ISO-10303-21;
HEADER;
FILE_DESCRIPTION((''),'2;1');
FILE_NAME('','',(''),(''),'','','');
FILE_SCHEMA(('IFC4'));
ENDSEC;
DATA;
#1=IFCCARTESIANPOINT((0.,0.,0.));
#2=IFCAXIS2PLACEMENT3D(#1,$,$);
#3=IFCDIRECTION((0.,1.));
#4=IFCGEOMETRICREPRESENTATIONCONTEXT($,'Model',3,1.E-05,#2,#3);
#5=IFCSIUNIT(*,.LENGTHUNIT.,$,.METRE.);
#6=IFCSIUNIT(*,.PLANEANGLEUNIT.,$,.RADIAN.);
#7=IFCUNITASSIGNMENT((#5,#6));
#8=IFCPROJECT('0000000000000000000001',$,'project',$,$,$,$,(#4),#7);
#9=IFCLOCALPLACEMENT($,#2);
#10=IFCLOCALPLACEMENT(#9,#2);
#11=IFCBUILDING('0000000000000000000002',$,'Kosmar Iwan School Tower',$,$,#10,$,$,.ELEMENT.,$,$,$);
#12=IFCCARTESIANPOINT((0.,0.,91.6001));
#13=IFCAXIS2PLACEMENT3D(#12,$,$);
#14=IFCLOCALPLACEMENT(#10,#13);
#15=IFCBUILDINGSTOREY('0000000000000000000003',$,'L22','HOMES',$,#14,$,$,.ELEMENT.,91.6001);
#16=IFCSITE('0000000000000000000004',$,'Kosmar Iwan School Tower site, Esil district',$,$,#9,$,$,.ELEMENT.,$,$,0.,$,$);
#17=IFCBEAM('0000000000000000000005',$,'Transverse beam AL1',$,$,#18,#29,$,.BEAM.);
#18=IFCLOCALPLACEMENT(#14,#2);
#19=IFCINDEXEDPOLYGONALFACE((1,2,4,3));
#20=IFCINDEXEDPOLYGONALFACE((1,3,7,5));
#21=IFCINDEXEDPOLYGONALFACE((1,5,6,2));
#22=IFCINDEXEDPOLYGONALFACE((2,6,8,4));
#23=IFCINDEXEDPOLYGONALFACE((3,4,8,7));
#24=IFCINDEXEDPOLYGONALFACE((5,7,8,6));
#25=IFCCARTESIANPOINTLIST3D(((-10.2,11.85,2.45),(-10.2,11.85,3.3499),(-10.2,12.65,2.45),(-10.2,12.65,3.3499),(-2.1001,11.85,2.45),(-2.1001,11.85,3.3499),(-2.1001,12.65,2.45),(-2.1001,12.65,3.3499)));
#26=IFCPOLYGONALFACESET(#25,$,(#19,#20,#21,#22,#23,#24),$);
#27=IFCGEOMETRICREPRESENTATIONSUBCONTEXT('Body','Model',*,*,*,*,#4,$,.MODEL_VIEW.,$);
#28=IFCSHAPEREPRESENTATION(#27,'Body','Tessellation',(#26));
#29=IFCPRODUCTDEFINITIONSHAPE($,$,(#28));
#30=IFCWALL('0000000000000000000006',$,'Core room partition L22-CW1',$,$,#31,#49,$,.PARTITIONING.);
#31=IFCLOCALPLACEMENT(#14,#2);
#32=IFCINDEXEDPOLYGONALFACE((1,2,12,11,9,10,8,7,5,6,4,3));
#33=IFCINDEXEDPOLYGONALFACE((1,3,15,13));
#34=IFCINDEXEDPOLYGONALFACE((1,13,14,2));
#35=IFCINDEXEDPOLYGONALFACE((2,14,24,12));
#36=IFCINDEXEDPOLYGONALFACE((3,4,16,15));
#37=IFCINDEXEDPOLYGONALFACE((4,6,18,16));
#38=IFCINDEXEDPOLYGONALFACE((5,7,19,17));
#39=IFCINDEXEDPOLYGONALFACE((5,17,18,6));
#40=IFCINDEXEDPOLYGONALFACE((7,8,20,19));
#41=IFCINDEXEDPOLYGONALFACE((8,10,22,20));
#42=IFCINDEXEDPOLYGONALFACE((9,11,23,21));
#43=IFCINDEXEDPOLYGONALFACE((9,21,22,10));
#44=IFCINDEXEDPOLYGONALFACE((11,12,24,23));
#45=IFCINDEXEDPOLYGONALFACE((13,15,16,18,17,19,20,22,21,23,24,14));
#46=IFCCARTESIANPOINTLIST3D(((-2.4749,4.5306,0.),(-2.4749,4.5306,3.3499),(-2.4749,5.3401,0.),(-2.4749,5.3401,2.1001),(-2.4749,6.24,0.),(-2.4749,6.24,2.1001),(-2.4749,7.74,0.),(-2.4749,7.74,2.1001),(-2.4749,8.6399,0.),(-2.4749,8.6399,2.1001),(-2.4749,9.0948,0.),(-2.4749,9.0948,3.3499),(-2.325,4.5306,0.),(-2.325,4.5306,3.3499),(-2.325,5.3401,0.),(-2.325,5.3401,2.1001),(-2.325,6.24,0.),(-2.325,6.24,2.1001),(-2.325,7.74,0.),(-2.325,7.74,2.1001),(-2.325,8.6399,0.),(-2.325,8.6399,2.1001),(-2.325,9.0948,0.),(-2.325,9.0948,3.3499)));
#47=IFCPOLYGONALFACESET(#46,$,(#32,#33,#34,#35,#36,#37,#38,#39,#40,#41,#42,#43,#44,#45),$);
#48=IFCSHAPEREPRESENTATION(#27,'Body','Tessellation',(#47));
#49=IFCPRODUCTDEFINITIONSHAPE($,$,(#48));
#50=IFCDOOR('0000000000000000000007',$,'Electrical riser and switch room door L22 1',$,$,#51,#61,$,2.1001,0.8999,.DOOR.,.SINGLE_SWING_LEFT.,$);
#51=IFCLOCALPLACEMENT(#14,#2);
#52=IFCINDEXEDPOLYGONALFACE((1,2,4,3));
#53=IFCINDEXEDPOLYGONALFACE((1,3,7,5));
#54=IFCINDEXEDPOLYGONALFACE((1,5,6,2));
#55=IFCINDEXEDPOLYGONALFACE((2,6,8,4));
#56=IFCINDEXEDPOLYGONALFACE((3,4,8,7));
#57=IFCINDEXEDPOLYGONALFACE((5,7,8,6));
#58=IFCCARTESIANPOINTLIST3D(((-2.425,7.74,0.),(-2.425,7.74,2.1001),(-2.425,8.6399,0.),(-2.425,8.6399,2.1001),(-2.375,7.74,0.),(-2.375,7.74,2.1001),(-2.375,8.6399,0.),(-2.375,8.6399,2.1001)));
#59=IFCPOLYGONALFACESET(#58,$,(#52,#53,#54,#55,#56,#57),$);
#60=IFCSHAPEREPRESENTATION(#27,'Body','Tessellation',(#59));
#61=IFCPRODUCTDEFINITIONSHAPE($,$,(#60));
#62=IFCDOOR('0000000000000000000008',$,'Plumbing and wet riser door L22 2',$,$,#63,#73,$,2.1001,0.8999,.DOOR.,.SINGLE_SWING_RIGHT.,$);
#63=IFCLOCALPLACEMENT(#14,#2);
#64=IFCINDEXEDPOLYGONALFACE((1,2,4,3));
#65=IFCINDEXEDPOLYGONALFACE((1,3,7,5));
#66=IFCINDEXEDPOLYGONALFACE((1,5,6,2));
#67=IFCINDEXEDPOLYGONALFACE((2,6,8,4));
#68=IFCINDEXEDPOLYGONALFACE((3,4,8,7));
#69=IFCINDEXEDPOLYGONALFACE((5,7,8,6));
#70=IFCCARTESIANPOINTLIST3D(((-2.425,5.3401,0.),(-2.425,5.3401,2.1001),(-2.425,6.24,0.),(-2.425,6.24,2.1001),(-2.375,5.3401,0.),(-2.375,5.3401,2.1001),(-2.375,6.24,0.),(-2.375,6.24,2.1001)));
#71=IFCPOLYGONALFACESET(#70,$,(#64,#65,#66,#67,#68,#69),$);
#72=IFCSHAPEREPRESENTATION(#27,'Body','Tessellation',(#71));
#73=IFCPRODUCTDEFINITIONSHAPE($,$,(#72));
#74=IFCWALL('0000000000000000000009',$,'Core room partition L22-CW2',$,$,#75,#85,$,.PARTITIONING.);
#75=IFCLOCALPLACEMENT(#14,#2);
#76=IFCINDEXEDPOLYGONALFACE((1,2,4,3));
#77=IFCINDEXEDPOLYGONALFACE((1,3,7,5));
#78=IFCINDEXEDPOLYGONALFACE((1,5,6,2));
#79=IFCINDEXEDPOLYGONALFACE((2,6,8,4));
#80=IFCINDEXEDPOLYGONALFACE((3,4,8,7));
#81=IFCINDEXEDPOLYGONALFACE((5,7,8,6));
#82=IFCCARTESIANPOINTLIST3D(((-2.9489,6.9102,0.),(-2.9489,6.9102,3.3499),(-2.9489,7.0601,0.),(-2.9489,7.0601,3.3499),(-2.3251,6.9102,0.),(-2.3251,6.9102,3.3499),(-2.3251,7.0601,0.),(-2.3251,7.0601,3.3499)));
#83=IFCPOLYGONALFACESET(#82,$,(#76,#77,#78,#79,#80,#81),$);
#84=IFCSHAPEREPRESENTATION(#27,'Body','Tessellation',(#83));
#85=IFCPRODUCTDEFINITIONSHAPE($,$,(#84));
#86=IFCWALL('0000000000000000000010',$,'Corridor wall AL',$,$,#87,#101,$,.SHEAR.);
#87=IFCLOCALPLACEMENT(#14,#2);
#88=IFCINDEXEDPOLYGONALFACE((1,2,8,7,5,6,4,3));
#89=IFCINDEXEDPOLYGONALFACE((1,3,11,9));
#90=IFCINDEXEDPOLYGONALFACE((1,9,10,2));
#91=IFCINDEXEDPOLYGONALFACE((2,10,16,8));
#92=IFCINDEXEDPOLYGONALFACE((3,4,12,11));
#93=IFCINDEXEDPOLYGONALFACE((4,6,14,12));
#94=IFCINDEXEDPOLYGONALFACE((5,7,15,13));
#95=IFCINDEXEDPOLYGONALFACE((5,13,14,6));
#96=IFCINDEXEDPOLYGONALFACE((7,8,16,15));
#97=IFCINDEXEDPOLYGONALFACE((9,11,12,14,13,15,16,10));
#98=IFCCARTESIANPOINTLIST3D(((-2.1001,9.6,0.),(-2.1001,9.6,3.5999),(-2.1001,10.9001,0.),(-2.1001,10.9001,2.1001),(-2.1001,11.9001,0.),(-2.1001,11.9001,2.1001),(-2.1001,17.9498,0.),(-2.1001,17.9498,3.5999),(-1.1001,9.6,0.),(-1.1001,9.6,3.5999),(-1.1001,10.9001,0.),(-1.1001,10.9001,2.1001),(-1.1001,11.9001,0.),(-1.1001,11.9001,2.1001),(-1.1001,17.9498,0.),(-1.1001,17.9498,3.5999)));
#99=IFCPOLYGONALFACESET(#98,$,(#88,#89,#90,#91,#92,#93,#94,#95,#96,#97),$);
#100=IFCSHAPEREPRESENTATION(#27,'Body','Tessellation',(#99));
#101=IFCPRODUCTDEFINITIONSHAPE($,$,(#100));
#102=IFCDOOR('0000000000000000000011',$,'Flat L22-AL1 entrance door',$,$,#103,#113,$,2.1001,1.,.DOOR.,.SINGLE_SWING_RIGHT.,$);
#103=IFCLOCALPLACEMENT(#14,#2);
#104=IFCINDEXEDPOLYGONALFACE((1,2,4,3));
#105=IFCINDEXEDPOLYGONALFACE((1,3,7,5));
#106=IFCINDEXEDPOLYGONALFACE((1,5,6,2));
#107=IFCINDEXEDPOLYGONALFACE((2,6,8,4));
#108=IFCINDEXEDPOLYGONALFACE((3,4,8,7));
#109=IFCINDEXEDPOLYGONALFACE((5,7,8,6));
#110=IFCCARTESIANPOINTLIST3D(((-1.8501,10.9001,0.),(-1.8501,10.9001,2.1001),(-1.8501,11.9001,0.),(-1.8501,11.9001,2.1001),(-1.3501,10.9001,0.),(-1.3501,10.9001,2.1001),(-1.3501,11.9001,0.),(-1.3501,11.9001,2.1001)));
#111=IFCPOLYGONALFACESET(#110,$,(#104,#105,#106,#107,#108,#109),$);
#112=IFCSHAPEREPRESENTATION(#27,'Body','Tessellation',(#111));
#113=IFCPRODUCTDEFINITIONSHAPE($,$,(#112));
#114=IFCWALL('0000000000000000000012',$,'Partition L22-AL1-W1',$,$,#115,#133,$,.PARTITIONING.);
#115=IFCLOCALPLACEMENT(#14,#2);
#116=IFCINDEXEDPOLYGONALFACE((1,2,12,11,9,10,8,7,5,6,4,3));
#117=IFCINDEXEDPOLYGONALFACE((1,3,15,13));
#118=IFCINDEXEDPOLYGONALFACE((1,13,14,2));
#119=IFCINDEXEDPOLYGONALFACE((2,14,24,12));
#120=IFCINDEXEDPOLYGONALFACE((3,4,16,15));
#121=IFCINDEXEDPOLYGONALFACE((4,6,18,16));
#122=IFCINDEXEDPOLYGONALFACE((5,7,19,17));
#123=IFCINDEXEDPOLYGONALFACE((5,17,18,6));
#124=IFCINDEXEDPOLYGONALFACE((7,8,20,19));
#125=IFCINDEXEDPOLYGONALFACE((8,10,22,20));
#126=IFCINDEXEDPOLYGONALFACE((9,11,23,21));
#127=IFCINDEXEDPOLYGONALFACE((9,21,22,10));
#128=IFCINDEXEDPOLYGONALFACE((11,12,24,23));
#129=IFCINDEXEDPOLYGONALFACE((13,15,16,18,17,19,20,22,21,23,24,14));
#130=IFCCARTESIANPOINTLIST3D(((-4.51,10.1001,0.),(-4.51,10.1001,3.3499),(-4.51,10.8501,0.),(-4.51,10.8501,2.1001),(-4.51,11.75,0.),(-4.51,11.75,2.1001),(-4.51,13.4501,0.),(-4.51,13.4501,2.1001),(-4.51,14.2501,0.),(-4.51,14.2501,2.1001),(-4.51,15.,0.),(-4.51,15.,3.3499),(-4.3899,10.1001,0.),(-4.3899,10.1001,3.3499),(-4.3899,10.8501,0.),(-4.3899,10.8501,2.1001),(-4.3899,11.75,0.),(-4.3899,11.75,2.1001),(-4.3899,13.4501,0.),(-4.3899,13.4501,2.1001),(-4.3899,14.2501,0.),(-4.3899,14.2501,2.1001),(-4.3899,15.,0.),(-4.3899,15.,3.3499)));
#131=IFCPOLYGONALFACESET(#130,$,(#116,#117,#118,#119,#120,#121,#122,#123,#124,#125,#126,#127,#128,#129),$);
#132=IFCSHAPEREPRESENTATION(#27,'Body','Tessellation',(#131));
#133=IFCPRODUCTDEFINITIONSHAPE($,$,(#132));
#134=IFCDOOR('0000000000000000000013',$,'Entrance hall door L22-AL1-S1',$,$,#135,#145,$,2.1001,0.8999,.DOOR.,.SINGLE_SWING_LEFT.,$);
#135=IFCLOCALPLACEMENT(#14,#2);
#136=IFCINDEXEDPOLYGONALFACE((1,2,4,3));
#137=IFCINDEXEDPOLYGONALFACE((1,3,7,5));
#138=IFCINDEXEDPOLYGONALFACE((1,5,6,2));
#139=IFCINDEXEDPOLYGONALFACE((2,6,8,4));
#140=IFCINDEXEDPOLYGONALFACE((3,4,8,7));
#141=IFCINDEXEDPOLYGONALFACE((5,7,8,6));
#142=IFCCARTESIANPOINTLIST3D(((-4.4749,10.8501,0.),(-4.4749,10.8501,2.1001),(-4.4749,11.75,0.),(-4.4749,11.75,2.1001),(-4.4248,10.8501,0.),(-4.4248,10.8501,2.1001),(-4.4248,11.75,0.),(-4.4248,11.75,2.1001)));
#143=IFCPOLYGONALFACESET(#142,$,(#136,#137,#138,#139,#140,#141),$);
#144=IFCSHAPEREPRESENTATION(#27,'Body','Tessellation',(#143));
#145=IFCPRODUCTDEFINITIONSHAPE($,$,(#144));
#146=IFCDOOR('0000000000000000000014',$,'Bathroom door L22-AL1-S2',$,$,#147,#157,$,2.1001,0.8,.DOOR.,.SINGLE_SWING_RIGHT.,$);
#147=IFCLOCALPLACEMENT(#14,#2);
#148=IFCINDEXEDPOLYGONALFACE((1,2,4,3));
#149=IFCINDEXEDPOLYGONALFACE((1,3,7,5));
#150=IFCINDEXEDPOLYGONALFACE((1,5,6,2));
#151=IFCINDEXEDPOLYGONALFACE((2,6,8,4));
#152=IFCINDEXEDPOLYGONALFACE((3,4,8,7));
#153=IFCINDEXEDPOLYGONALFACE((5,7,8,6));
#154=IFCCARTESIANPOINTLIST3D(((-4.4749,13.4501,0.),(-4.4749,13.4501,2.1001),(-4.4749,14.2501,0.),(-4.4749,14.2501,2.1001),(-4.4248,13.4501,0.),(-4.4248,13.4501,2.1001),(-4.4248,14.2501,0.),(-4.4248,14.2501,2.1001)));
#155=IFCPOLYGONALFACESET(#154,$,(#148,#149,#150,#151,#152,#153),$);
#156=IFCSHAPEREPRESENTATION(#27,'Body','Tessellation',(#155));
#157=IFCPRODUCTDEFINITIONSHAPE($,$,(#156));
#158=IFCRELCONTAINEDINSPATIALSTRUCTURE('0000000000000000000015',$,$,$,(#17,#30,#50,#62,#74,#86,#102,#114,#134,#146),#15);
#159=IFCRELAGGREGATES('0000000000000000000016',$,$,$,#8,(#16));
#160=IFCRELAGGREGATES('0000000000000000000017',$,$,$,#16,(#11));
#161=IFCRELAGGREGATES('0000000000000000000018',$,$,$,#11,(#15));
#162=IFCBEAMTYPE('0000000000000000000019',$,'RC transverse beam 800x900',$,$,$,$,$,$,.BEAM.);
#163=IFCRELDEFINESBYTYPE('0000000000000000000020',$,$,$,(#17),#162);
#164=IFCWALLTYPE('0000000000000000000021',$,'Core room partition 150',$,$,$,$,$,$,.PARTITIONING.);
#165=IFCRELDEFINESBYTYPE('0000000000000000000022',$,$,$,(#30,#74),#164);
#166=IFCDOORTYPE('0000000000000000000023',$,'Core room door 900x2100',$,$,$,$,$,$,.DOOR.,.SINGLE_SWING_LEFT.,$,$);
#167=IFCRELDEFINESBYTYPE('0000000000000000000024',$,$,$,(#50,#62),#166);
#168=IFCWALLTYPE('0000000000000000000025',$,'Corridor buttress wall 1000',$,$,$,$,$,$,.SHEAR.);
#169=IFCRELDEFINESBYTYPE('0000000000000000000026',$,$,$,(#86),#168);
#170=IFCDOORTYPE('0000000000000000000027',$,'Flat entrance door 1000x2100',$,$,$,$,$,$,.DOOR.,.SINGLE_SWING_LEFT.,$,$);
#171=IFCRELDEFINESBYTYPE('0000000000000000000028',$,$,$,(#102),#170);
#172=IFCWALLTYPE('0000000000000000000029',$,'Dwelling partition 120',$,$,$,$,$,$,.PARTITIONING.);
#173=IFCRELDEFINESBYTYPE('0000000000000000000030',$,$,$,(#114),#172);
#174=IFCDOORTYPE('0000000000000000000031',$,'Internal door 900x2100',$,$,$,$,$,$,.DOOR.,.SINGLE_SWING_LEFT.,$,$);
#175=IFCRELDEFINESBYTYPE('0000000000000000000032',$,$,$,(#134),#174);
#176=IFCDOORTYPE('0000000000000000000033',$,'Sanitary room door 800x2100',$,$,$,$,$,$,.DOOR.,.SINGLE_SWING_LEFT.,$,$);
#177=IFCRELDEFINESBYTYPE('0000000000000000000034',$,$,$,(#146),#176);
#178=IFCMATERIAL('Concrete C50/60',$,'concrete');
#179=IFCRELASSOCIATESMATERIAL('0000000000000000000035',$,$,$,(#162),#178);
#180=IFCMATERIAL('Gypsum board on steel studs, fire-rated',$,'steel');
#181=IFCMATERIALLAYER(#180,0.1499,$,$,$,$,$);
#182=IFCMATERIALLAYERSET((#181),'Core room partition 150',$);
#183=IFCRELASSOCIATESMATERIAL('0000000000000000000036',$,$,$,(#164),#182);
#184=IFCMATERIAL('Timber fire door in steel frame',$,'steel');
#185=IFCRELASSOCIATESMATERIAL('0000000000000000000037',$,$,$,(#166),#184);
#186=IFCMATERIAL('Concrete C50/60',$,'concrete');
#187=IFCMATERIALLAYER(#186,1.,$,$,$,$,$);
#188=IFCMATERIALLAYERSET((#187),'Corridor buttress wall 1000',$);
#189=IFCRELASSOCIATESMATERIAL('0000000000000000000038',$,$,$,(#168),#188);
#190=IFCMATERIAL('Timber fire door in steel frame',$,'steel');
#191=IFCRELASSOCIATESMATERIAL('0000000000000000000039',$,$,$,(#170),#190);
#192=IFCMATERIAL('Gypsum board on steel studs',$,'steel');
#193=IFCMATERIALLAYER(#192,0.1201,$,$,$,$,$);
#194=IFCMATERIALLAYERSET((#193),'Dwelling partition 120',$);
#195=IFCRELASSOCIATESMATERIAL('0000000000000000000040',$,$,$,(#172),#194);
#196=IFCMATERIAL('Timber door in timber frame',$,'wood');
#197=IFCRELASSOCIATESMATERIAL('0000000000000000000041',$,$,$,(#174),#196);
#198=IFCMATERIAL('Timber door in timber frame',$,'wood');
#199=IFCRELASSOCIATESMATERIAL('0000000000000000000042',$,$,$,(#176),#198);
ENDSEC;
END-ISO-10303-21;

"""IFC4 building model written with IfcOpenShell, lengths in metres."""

from ifc_helpers import new_model, si_unit, direction, frame, frame_2d, origin, origin_2d, place, context, subcontext, project, spatial, rectangle, extrude, material, layer, layer_set, material_profile, profile_set, type_object, element, fill, save


model = new_model("IFC4")

# Units and contexts
model_context = context("Model", 3, precision=1e-05, world=origin(), true_north=direction((0.0, 1.0)))
body_context = subcontext(model_context, "Body", "Model", "MODEL_VIEW")
ifc_project = project(units=[si_unit("LENGTHUNIT", "METRE"), si_unit("PLANEANGLEUNIT", "RADIAN")], contexts=[model_context])

# Site, building, storey
site_placement = place(None, origin())
site = spatial("IfcSite", under=ifc_project, at=site_placement, Name="Kosmar Iwan School Tower site, Esil district", CompositionType="ELEMENT", RefElevation=0.0)
building_placement = place(site_placement, origin())
building = spatial("IfcBuilding", under=site, at=building_placement, Name="Kosmar Iwan School Tower", CompositionType="ELEMENT")
storey_placement = place(building_placement, frame((0.0, 0.0, 91.6001)))
storey = spatial("IfcBuildingStorey", under=building, at=storey_placement, Name="L22", Description="HOMES", CompositionType="ELEMENT", Elevation=91.6001)

# Beam
ifc_material_1 = material(Name="Concrete C50/60", Category="concrete")
ifc_material_profile = material_profile(ifc_material_1, rectangle(XDim=0.8, YDim=0.8999, at=origin_2d()), Name="RC 800x900")
ifc_profile_set = profile_set([ifc_material_profile], Name="Concrete C50/60")
beam_type = type_object("IfcBeamType", Name="RC transverse beam 800x900", PredefinedType="BEAM", material=ifc_profile_set)
beam_placement = place(storey_placement, frame((-10.2, 12.25, 2.8999), z_axis=(1.0, 0.0, 0.0), x_axis=(0.0, 1.0, 0.0)))
element("IfcBeam", 1, at=beam_placement, inside=storey, type_object=beam_type, Name="Transverse beam AL1", PredefinedType="BEAM", context=body_context, shape_type="SweptSolid", body=[
    extrude(rectangle(XDim=0.8, YDim=0.8999, at=origin_2d()), origin(), (0.0, 0.0, 1.0), 8.0999),
])

# Wall, openings, doors
ifc_material_2 = material(Name="Gypsum board on steel studs, fire-rated", Category="steel")
ifc_layer_1 = layer(ifc_material_2, 0.1499)
ifc_layer_set_1 = layer_set([ifc_layer_1], Name="Core room partition 150")
wall_type_1 = type_object("IfcWallType", Name="Core room partition 150", PredefinedType="PARTITIONING", material=ifc_layer_set_1)
wall_1_placement = place(storey_placement, frame((-2.3999, 9.095, 0.0), z_axis=(0.0, 0.0, 1.0), x_axis=(0.0, -1.0, 0.0)))
wall_1 = element("IfcWall", 2, at=wall_1_placement, inside=storey, type_object=wall_type_1, Name="Core room partition L22-CW1", PredefinedType="PARTITIONING", context=body_context, shape_type="SweptSolid", body=[
    extrude(rectangle(XDim=4.5642, YDim=0.1499, at=frame_2d((2.2822, 0.0))), origin(), (0.0, 0.0, 1.0), 3.3499),
])
opening_1_placement = place(wall_1_placement, frame((0.4551, 0.0, 0.0)))
opening_1 = element("IfcOpeningElement", 3, at=opening_1_placement, cuts=wall_1, PredefinedType="OPENING", context=body_context, shape_type="SweptSolid", body=[
    extrude(rectangle(XDim=0.8999, YDim=2.1001, at=frame_2d((0.45, 1.05))), frame((0.0, 0.0869, 0.0), z_axis=(0.0, -1.0, 0.0), x_axis=(1.0, 0.0, 0.0)), (0.0, 0.0, 1.0), 0.1738),
])
opening_2_placement = place(wall_1_placement, frame((2.855, 0.0, 0.0)))
opening_2 = element("IfcOpeningElement", 4, at=opening_2_placement, cuts=wall_1, PredefinedType="OPENING", context=body_context, shape_type="SweptSolid", body=[
    extrude(rectangle(XDim=0.8999, YDim=2.1001, at=frame_2d((0.45, 1.05))), frame((0.0, 0.0869, 0.0), z_axis=(0.0, -1.0, 0.0), x_axis=(1.0, 0.0, 0.0)), (0.0, 0.0, 1.0), 0.1738),
])
ifc_material_3 = material(Name="Timber fire door in steel frame", Category="steel")
door_type_1 = type_object("IfcDoorType", Name="Core room door 900x2100", OperationType="SINGLE_SWING_LEFT", PredefinedType="DOOR", material=ifc_material_3)
door_1_placement = place(opening_1_placement, origin())
door_1 = element("IfcDoor", 5, at=door_1_placement, inside=storey, type_object=door_type_1, Name="Electrical riser and switch room door L22 1", OperationType="SINGLE_SWING_LEFT", OverallHeight=2.1001, OverallWidth=0.8999, PredefinedType="DOOR", context=body_context, shape_type="SweptSolid", body=[
    extrude(rectangle(XDim=0.8999, YDim=2.1001, at=frame_2d((0.45, 1.05))), frame((0.0, 0.0249, 0.0), z_axis=(0.0, -1.0, 0.0), x_axis=(1.0, 0.0, 0.0)), (0.0, 0.0, 1.0), 0.05),
])
fill(opening_1, door_1)
door_2_placement = place(opening_2_placement, origin())
door_2 = element("IfcDoor", 6, at=door_2_placement, inside=storey, type_object=door_type_1, Name="Plumbing and wet riser door L22 2", OperationType="SINGLE_SWING_RIGHT", OverallHeight=2.1001, OverallWidth=0.8999, PredefinedType="DOOR", context=body_context, shape_type="SweptSolid", body=[
    extrude(rectangle(XDim=0.8999, YDim=2.1001, at=frame_2d((0.45, 1.05))), frame((0.0, 0.0249, 0.0), z_axis=(0.0, -1.0, 0.0), x_axis=(1.0, 0.0, 0.0)), (0.0, 0.0, 1.0), 0.05),
])
fill(opening_2, door_2)

# Wall
wall_2_placement = place(storey_placement, frame((-2.325, 6.9851, 0.0), z_axis=(0.0, 0.0, 1.0), x_axis=(-1.0, 0.0, 0.0)))
element("IfcWall", 7, at=wall_2_placement, inside=storey, type_object=wall_type_1, Name="Core room partition L22-CW2", PredefinedType="PARTITIONING", context=body_context, shape_type="SweptSolid", body=[
    extrude(rectangle(XDim=0.6238, YDim=0.1499, at=frame_2d((0.312, 0.0))), origin(), (0.0, 0.0, 1.0), 3.3499),
])

# Wall, opening, door
ifc_material_4 = material(Name="Concrete C50/60", Category="concrete")
ifc_layer_2 = layer(ifc_material_4, 1.0)
ifc_layer_set_2 = layer_set([ifc_layer_2], Name="Corridor buttress wall 1000")
wall_type_2 = type_object("IfcWallType", Name="Corridor buttress wall 1000", PredefinedType="SHEAR", material=ifc_layer_set_2)
wall_3_placement = place(storey_placement, frame((-1.6001, 9.6001, 0.0), z_axis=(0.0, 0.0, 1.0), x_axis=(0.0, 1.0, 0.0)))
wall_3 = element("IfcWall", 8, at=wall_3_placement, inside=storey, type_object=wall_type_2, Name="Corridor wall AL", PredefinedType="SHEAR", context=body_context, shape_type="SweptSolid", body=[
    extrude(rectangle(XDim=8.3499, YDim=1.0, at=frame_2d((4.1748, 0.0))), origin(), (0.0, 0.0, 1.0), 3.5999),
])
opening_3_placement = place(wall_3_placement, frame((1.3, 0.0, 0.0)))
opening_3 = element("IfcOpeningElement", 9, at=opening_3_placement, cuts=wall_3, PredefinedType="OPENING", context=body_context, shape_type="SweptSolid", body=[
    extrude(rectangle(XDim=1.0, YDim=2.1001, at=frame_2d((0.5, 1.05))), frame((0.0, 0.512, 0.0), z_axis=(0.0, -1.0, 0.0), x_axis=(1.0, 0.0, 0.0)), (0.0, 0.0, 1.0), 1.0239),
])
ifc_material_5 = material(Name="Timber fire door in steel frame", Category="steel")
door_type_2 = type_object("IfcDoorType", Name="Flat entrance door 1000x2100", OperationType="SINGLE_SWING_LEFT", PredefinedType="DOOR", material=ifc_material_5)
door_3_placement = place(opening_3_placement, origin())
door_3 = element("IfcDoor", 10, at=door_3_placement, inside=storey, type_object=door_type_2, Name="Flat L22-AL1 entrance door", OperationType="SINGLE_SWING_RIGHT", OverallHeight=2.1001, OverallWidth=1.0, PredefinedType="DOOR", context=body_context, shape_type="SweptSolid", body=[
    extrude(rectangle(XDim=1.0, YDim=2.1001, at=frame_2d((0.5, 1.05))), frame((0.0, 0.25, 0.0), z_axis=(0.0, -1.0, 0.0), x_axis=(1.0, 0.0, 0.0)), (0.0, 0.0, 1.0), 0.5),
])
fill(opening_3, door_3)

# Wall, openings, doors
ifc_material_6 = material(Name="Gypsum board on steel studs", Category="steel")
ifc_layer_3 = layer(ifc_material_6, 0.1201)
ifc_layer_set_3 = layer_set([ifc_layer_3], Name="Dwelling partition 120")
wall_type_3 = type_object("IfcWallType", Name="Dwelling partition 120", PredefinedType="PARTITIONING", material=ifc_layer_set_3)
wall_4_placement = place(storey_placement, frame((-4.45, 10.1001, 0.0), z_axis=(0.0, 0.0, 1.0), x_axis=(0.0, 1.0, 0.0)))
wall_4 = element("IfcWall", 11, at=wall_4_placement, inside=storey, type_object=wall_type_3, Name="Partition L22-AL1-W1", PredefinedType="PARTITIONING", context=body_context, shape_type="SweptSolid", body=[
    extrude(rectangle(XDim=4.8999, YDim=0.1201, at=frame_2d((2.45, 0.0))), origin(), (0.0, 0.0, 1.0), 3.3499),
])
opening_4_placement = place(wall_4_placement, frame((0.75, 0.0, 0.0)))
opening_4 = element("IfcOpeningElement", 12, at=opening_4_placement, cuts=wall_4, PredefinedType="OPENING", context=body_context, shape_type="SweptSolid", body=[
    extrude(rectangle(XDim=0.8999, YDim=2.1001, at=frame_2d((0.45, 1.05))), frame((0.0, 0.072, 0.0), z_axis=(0.0, -1.0, 0.0), x_axis=(1.0, 0.0, 0.0)), (0.0, 0.0, 1.0), 0.144),
])
opening_5_placement = place(wall_4_placement, frame((3.3501, 0.0, 0.0)))
opening_5 = element("IfcOpeningElement", 13, at=opening_5_placement, cuts=wall_4, PredefinedType="OPENING", context=body_context, shape_type="SweptSolid", body=[
    extrude(rectangle(XDim=0.8, YDim=2.1001, at=frame_2d((0.3999, 1.05))), frame((0.0, 0.072, 0.0), z_axis=(0.0, -1.0, 0.0), x_axis=(1.0, 0.0, 0.0)), (0.0, 0.0, 1.0), 0.144),
])
ifc_material_7 = material(Name="Timber door in timber frame", Category="wood")
door_type_3 = type_object("IfcDoorType", Name="Internal door 900x2100", OperationType="SINGLE_SWING_LEFT", PredefinedType="DOOR", material=ifc_material_7)
door_4_placement = place(opening_4_placement, origin())
door_4 = element("IfcDoor", 14, at=door_4_placement, inside=storey, type_object=door_type_3, Name="Entrance hall door L22-AL1-S1", OperationType="SINGLE_SWING_LEFT", OverallHeight=2.1001, OverallWidth=0.8999, PredefinedType="DOOR", context=body_context, shape_type="SweptSolid", body=[
    extrude(rectangle(XDim=0.8999, YDim=2.1001, at=frame_2d((0.45, 1.05))), frame((0.0, 0.0249, 0.0), z_axis=(0.0, -1.0, 0.0), x_axis=(1.0, 0.0, 0.0)), (0.0, 0.0, 1.0), 0.05),
])
fill(opening_4, door_4)
ifc_material_8 = material(Name="Timber door in timber frame", Category="wood")
door_type_4 = type_object("IfcDoorType", Name="Sanitary room door 800x2100", OperationType="SINGLE_SWING_LEFT", PredefinedType="DOOR", material=ifc_material_8)
door_5_placement = place(opening_5_placement, origin())
door_5 = element("IfcDoor", 15, at=door_5_placement, inside=storey, type_object=door_type_4, Name="Bathroom door L22-AL1-S2", OperationType="SINGLE_SWING_RIGHT", OverallHeight=2.1001, OverallWidth=0.8, PredefinedType="DOOR", context=body_context, shape_type="SweptSolid", body=[
    extrude(rectangle(XDim=0.8, YDim=2.1001, at=frame_2d((0.3999, 1.05))), frame((0.0, 0.0249, 0.0), z_axis=(0.0, -1.0, 0.0), x_axis=(1.0, 0.0, 0.0)), (0.0, 0.0, 1.0), 0.05),
])
fill(opening_5, door_5)

save(model, "model.ifc")
